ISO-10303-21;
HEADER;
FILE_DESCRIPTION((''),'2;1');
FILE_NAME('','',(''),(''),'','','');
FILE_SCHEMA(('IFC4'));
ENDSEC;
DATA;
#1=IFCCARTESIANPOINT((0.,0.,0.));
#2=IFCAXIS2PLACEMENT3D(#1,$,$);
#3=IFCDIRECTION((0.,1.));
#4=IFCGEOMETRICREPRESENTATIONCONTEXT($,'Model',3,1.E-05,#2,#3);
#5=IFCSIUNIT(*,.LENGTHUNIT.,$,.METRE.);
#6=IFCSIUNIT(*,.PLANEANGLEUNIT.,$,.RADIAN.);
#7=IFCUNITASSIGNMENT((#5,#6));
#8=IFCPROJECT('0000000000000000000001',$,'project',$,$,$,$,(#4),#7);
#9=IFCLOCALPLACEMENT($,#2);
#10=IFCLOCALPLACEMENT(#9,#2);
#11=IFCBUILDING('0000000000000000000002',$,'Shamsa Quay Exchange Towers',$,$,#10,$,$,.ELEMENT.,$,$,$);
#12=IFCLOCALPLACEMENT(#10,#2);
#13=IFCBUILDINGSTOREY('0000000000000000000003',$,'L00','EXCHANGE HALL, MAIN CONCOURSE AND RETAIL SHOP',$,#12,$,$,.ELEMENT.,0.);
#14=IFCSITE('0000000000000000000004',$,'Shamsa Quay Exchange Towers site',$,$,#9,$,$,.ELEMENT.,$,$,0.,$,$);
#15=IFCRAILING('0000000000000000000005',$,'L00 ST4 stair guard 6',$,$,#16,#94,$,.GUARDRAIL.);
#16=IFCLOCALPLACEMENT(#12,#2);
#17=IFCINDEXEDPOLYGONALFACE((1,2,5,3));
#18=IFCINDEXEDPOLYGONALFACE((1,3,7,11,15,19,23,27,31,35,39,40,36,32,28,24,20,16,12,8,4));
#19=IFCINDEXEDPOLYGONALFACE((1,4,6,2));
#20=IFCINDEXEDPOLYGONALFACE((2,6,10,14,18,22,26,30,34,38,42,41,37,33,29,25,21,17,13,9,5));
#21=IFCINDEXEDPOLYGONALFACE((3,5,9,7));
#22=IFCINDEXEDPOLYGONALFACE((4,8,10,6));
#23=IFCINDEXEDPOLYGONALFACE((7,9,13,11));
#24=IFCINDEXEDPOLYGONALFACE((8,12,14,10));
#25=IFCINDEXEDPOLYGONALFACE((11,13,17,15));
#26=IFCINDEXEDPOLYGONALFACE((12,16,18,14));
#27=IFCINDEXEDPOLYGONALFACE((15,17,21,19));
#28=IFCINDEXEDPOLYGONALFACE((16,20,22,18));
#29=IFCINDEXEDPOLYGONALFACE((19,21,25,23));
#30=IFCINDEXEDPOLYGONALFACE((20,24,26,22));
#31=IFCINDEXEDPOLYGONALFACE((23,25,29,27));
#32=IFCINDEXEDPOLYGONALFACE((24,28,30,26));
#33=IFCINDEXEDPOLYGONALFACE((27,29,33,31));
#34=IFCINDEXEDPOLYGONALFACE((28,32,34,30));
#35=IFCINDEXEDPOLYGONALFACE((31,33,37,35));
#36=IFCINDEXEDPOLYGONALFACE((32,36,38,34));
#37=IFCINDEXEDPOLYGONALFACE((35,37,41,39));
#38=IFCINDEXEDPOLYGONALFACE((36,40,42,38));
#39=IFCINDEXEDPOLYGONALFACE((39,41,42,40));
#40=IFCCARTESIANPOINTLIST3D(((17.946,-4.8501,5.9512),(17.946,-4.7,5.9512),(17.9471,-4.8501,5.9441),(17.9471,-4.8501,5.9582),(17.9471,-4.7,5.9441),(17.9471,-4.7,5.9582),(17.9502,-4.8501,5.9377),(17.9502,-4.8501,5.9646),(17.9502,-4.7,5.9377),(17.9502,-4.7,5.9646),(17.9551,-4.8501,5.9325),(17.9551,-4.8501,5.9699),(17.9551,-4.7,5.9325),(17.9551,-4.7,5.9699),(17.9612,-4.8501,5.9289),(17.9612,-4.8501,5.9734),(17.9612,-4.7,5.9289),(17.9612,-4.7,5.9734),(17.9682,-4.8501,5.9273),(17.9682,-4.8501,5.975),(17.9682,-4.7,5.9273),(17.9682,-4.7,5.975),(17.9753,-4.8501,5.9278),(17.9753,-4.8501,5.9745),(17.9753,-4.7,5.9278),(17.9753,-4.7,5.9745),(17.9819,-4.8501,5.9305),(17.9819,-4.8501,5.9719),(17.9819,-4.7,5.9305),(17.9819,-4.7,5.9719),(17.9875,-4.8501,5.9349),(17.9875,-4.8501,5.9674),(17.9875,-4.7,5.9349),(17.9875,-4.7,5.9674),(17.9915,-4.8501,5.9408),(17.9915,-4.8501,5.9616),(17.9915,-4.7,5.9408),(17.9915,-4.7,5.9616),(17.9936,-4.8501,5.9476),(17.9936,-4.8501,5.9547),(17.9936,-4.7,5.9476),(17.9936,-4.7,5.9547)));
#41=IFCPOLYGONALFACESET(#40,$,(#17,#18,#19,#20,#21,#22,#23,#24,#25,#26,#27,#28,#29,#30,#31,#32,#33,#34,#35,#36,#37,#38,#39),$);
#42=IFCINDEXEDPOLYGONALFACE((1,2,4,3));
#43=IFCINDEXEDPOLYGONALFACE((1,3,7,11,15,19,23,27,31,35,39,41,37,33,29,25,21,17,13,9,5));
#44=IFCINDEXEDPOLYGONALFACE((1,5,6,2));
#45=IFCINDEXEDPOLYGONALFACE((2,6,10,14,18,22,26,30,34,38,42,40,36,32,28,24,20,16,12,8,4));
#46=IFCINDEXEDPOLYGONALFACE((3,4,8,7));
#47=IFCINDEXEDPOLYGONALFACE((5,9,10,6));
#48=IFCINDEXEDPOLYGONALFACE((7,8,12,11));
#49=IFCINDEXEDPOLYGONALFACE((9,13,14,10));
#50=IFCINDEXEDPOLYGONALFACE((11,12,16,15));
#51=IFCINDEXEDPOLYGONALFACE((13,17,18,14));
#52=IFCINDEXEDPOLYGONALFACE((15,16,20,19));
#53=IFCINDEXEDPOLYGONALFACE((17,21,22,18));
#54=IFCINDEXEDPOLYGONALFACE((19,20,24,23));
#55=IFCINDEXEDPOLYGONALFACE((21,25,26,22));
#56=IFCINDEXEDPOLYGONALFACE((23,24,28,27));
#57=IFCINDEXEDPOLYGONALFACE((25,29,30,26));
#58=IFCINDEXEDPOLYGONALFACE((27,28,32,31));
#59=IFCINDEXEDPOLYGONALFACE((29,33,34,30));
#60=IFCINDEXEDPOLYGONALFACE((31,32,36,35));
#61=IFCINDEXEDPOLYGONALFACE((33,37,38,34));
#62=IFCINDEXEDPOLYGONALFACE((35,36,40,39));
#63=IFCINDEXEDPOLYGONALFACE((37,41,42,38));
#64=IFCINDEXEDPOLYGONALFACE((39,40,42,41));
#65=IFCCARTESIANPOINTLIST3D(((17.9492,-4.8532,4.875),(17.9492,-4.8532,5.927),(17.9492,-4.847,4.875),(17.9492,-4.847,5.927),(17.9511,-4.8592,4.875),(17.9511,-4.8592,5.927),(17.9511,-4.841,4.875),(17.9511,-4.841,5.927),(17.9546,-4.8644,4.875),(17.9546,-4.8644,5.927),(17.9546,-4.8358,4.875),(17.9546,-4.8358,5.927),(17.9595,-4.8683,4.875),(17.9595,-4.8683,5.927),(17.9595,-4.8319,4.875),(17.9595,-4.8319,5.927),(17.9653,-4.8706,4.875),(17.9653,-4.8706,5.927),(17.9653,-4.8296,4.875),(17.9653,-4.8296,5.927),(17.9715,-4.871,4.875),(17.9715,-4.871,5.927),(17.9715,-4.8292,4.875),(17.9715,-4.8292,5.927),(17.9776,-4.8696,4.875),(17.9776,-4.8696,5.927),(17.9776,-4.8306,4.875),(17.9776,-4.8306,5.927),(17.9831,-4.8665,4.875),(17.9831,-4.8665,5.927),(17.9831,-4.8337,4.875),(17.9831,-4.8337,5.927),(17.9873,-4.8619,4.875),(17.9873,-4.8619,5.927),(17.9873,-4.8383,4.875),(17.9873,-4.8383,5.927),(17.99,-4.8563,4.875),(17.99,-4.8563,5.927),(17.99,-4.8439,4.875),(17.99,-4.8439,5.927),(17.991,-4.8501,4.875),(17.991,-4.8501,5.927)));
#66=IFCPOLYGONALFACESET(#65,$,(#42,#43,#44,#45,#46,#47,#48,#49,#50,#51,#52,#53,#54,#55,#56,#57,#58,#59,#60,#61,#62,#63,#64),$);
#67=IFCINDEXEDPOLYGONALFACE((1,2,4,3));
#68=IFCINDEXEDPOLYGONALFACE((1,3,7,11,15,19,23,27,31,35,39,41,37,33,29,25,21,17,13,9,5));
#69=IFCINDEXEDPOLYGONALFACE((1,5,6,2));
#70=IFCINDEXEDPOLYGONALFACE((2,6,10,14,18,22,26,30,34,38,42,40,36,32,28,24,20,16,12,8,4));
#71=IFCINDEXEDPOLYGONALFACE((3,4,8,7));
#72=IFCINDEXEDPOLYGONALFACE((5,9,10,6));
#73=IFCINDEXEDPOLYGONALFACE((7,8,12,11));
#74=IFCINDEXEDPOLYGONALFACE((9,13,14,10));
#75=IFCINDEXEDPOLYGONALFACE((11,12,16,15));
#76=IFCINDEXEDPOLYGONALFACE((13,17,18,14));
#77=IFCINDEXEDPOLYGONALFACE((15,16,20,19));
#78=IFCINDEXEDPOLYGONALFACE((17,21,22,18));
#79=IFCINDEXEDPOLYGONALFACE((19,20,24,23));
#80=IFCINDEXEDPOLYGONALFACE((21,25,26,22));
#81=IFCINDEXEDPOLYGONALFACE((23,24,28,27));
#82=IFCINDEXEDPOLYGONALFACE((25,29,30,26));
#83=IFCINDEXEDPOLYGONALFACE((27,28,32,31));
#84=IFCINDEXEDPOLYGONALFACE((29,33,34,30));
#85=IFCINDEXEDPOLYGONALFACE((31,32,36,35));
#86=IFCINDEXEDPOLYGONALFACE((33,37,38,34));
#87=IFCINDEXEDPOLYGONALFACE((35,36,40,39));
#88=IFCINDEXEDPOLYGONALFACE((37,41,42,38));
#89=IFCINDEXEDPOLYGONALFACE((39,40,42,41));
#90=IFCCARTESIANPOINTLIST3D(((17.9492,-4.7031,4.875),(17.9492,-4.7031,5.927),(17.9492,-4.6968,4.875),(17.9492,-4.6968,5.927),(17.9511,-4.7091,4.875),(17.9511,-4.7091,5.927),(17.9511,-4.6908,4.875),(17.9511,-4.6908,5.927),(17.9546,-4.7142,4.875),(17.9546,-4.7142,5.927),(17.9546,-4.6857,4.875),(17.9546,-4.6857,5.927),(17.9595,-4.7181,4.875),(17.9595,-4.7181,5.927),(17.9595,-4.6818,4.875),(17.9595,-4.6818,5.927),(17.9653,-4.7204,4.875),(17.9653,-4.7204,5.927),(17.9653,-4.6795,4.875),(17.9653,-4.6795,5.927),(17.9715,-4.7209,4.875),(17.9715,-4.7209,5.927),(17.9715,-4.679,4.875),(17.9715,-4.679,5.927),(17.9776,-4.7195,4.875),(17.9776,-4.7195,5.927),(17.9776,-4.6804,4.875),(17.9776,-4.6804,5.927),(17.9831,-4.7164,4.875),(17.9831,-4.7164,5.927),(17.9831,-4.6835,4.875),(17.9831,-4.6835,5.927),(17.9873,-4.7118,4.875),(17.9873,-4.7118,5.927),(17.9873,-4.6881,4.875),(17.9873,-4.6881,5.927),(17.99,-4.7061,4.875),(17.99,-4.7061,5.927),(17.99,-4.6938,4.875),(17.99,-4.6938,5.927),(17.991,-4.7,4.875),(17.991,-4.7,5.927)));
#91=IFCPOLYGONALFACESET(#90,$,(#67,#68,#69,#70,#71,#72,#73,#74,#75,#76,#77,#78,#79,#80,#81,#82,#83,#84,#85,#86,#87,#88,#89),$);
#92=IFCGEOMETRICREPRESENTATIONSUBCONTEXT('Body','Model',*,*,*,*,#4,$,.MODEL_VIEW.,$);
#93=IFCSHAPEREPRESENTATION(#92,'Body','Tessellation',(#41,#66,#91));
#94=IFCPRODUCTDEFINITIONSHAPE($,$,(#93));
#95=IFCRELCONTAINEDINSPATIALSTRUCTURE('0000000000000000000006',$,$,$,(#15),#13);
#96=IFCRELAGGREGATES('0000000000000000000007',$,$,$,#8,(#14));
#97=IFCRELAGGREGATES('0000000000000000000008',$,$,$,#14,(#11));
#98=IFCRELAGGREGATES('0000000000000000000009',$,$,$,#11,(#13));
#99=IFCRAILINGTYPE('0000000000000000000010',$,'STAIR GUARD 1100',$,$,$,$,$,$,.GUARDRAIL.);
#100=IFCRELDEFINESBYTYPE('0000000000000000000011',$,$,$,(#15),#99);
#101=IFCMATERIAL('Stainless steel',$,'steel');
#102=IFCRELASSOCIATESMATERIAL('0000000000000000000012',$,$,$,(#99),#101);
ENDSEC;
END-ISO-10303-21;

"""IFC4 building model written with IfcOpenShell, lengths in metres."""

from ifc_helpers import new_model, si_unit, direction, frame, origin, origin_2d, place, context, subcontext, project, spatial, circle, extrude, material, type_object, element, save


model = new_model("IFC4")

# Units and contexts
model_context = context("Model", 3, precision=1e-05, world=origin(), true_north=direction((0.0, 1.0)))
body_context = subcontext(model_context, "Body", "Model", "MODEL_VIEW")
ifc_project = project(units=[si_unit("LENGTHUNIT", "METRE"), si_unit("PLANEANGLEUNIT", "RADIAN")], contexts=[model_context])

# Site, building, storey
site_placement = place(None, origin())
site = spatial("IfcSite", under=ifc_project, at=site_placement, Name="Shamsa Quay Exchange Towers site", CompositionType="ELEMENT", RefElevation=0.0)
building_placement = place(site_placement, origin())
building = spatial("IfcBuilding", under=site, at=building_placement, Name="Shamsa Quay Exchange Towers", CompositionType="ELEMENT")
storey_placement = place(building_placement, origin())
storey = spatial("IfcBuildingStorey", under=building, at=storey_placement, Name="L00", Description="EXCHANGE HALL, MAIN CONCOURSE AND RETAIL SHOP", CompositionType="ELEMENT", Elevation=0.0)

# Railing
ifc_material_1 = material(Name="Stainless steel", Category="steel")
railing_type_1 = type_object("IfcRailingType", Name="STAIR GUARD 1100", PredefinedType="GUARDRAIL", material=ifc_material_1)
railing_1_placement = place(storey_placement, frame((17.97, -4.8501, 4.875)))
element("IfcRailing", 1, at=railing_1_placement, inside=storey, type_object=railing_type_1, Name="L00 ST4 stair guard 6", PredefinedType="GUARDRAIL", context=body_context, shape_type="SweptSolid", body=[
    extrude(circle(Radius=0.0239, at=origin_2d()), frame((0.0, 0.0, 1.0762), z_axis=(0.0, 1.0, 0.0), x_axis=(-1.0, 0.0, 0.0)), (0.0, 0.0, 1.0), 0.1501),
    extrude(circle(Radius=0.021, at=origin_2d()), origin(), (0.0, 0.0, 1.0), 1.052),
    extrude(circle(Radius=0.021, at=origin_2d()), frame((0.0, 0.1501, 0.0)), (0.0, 0.0, 1.0), 1.052),
])

save(model, "model.ifc")
